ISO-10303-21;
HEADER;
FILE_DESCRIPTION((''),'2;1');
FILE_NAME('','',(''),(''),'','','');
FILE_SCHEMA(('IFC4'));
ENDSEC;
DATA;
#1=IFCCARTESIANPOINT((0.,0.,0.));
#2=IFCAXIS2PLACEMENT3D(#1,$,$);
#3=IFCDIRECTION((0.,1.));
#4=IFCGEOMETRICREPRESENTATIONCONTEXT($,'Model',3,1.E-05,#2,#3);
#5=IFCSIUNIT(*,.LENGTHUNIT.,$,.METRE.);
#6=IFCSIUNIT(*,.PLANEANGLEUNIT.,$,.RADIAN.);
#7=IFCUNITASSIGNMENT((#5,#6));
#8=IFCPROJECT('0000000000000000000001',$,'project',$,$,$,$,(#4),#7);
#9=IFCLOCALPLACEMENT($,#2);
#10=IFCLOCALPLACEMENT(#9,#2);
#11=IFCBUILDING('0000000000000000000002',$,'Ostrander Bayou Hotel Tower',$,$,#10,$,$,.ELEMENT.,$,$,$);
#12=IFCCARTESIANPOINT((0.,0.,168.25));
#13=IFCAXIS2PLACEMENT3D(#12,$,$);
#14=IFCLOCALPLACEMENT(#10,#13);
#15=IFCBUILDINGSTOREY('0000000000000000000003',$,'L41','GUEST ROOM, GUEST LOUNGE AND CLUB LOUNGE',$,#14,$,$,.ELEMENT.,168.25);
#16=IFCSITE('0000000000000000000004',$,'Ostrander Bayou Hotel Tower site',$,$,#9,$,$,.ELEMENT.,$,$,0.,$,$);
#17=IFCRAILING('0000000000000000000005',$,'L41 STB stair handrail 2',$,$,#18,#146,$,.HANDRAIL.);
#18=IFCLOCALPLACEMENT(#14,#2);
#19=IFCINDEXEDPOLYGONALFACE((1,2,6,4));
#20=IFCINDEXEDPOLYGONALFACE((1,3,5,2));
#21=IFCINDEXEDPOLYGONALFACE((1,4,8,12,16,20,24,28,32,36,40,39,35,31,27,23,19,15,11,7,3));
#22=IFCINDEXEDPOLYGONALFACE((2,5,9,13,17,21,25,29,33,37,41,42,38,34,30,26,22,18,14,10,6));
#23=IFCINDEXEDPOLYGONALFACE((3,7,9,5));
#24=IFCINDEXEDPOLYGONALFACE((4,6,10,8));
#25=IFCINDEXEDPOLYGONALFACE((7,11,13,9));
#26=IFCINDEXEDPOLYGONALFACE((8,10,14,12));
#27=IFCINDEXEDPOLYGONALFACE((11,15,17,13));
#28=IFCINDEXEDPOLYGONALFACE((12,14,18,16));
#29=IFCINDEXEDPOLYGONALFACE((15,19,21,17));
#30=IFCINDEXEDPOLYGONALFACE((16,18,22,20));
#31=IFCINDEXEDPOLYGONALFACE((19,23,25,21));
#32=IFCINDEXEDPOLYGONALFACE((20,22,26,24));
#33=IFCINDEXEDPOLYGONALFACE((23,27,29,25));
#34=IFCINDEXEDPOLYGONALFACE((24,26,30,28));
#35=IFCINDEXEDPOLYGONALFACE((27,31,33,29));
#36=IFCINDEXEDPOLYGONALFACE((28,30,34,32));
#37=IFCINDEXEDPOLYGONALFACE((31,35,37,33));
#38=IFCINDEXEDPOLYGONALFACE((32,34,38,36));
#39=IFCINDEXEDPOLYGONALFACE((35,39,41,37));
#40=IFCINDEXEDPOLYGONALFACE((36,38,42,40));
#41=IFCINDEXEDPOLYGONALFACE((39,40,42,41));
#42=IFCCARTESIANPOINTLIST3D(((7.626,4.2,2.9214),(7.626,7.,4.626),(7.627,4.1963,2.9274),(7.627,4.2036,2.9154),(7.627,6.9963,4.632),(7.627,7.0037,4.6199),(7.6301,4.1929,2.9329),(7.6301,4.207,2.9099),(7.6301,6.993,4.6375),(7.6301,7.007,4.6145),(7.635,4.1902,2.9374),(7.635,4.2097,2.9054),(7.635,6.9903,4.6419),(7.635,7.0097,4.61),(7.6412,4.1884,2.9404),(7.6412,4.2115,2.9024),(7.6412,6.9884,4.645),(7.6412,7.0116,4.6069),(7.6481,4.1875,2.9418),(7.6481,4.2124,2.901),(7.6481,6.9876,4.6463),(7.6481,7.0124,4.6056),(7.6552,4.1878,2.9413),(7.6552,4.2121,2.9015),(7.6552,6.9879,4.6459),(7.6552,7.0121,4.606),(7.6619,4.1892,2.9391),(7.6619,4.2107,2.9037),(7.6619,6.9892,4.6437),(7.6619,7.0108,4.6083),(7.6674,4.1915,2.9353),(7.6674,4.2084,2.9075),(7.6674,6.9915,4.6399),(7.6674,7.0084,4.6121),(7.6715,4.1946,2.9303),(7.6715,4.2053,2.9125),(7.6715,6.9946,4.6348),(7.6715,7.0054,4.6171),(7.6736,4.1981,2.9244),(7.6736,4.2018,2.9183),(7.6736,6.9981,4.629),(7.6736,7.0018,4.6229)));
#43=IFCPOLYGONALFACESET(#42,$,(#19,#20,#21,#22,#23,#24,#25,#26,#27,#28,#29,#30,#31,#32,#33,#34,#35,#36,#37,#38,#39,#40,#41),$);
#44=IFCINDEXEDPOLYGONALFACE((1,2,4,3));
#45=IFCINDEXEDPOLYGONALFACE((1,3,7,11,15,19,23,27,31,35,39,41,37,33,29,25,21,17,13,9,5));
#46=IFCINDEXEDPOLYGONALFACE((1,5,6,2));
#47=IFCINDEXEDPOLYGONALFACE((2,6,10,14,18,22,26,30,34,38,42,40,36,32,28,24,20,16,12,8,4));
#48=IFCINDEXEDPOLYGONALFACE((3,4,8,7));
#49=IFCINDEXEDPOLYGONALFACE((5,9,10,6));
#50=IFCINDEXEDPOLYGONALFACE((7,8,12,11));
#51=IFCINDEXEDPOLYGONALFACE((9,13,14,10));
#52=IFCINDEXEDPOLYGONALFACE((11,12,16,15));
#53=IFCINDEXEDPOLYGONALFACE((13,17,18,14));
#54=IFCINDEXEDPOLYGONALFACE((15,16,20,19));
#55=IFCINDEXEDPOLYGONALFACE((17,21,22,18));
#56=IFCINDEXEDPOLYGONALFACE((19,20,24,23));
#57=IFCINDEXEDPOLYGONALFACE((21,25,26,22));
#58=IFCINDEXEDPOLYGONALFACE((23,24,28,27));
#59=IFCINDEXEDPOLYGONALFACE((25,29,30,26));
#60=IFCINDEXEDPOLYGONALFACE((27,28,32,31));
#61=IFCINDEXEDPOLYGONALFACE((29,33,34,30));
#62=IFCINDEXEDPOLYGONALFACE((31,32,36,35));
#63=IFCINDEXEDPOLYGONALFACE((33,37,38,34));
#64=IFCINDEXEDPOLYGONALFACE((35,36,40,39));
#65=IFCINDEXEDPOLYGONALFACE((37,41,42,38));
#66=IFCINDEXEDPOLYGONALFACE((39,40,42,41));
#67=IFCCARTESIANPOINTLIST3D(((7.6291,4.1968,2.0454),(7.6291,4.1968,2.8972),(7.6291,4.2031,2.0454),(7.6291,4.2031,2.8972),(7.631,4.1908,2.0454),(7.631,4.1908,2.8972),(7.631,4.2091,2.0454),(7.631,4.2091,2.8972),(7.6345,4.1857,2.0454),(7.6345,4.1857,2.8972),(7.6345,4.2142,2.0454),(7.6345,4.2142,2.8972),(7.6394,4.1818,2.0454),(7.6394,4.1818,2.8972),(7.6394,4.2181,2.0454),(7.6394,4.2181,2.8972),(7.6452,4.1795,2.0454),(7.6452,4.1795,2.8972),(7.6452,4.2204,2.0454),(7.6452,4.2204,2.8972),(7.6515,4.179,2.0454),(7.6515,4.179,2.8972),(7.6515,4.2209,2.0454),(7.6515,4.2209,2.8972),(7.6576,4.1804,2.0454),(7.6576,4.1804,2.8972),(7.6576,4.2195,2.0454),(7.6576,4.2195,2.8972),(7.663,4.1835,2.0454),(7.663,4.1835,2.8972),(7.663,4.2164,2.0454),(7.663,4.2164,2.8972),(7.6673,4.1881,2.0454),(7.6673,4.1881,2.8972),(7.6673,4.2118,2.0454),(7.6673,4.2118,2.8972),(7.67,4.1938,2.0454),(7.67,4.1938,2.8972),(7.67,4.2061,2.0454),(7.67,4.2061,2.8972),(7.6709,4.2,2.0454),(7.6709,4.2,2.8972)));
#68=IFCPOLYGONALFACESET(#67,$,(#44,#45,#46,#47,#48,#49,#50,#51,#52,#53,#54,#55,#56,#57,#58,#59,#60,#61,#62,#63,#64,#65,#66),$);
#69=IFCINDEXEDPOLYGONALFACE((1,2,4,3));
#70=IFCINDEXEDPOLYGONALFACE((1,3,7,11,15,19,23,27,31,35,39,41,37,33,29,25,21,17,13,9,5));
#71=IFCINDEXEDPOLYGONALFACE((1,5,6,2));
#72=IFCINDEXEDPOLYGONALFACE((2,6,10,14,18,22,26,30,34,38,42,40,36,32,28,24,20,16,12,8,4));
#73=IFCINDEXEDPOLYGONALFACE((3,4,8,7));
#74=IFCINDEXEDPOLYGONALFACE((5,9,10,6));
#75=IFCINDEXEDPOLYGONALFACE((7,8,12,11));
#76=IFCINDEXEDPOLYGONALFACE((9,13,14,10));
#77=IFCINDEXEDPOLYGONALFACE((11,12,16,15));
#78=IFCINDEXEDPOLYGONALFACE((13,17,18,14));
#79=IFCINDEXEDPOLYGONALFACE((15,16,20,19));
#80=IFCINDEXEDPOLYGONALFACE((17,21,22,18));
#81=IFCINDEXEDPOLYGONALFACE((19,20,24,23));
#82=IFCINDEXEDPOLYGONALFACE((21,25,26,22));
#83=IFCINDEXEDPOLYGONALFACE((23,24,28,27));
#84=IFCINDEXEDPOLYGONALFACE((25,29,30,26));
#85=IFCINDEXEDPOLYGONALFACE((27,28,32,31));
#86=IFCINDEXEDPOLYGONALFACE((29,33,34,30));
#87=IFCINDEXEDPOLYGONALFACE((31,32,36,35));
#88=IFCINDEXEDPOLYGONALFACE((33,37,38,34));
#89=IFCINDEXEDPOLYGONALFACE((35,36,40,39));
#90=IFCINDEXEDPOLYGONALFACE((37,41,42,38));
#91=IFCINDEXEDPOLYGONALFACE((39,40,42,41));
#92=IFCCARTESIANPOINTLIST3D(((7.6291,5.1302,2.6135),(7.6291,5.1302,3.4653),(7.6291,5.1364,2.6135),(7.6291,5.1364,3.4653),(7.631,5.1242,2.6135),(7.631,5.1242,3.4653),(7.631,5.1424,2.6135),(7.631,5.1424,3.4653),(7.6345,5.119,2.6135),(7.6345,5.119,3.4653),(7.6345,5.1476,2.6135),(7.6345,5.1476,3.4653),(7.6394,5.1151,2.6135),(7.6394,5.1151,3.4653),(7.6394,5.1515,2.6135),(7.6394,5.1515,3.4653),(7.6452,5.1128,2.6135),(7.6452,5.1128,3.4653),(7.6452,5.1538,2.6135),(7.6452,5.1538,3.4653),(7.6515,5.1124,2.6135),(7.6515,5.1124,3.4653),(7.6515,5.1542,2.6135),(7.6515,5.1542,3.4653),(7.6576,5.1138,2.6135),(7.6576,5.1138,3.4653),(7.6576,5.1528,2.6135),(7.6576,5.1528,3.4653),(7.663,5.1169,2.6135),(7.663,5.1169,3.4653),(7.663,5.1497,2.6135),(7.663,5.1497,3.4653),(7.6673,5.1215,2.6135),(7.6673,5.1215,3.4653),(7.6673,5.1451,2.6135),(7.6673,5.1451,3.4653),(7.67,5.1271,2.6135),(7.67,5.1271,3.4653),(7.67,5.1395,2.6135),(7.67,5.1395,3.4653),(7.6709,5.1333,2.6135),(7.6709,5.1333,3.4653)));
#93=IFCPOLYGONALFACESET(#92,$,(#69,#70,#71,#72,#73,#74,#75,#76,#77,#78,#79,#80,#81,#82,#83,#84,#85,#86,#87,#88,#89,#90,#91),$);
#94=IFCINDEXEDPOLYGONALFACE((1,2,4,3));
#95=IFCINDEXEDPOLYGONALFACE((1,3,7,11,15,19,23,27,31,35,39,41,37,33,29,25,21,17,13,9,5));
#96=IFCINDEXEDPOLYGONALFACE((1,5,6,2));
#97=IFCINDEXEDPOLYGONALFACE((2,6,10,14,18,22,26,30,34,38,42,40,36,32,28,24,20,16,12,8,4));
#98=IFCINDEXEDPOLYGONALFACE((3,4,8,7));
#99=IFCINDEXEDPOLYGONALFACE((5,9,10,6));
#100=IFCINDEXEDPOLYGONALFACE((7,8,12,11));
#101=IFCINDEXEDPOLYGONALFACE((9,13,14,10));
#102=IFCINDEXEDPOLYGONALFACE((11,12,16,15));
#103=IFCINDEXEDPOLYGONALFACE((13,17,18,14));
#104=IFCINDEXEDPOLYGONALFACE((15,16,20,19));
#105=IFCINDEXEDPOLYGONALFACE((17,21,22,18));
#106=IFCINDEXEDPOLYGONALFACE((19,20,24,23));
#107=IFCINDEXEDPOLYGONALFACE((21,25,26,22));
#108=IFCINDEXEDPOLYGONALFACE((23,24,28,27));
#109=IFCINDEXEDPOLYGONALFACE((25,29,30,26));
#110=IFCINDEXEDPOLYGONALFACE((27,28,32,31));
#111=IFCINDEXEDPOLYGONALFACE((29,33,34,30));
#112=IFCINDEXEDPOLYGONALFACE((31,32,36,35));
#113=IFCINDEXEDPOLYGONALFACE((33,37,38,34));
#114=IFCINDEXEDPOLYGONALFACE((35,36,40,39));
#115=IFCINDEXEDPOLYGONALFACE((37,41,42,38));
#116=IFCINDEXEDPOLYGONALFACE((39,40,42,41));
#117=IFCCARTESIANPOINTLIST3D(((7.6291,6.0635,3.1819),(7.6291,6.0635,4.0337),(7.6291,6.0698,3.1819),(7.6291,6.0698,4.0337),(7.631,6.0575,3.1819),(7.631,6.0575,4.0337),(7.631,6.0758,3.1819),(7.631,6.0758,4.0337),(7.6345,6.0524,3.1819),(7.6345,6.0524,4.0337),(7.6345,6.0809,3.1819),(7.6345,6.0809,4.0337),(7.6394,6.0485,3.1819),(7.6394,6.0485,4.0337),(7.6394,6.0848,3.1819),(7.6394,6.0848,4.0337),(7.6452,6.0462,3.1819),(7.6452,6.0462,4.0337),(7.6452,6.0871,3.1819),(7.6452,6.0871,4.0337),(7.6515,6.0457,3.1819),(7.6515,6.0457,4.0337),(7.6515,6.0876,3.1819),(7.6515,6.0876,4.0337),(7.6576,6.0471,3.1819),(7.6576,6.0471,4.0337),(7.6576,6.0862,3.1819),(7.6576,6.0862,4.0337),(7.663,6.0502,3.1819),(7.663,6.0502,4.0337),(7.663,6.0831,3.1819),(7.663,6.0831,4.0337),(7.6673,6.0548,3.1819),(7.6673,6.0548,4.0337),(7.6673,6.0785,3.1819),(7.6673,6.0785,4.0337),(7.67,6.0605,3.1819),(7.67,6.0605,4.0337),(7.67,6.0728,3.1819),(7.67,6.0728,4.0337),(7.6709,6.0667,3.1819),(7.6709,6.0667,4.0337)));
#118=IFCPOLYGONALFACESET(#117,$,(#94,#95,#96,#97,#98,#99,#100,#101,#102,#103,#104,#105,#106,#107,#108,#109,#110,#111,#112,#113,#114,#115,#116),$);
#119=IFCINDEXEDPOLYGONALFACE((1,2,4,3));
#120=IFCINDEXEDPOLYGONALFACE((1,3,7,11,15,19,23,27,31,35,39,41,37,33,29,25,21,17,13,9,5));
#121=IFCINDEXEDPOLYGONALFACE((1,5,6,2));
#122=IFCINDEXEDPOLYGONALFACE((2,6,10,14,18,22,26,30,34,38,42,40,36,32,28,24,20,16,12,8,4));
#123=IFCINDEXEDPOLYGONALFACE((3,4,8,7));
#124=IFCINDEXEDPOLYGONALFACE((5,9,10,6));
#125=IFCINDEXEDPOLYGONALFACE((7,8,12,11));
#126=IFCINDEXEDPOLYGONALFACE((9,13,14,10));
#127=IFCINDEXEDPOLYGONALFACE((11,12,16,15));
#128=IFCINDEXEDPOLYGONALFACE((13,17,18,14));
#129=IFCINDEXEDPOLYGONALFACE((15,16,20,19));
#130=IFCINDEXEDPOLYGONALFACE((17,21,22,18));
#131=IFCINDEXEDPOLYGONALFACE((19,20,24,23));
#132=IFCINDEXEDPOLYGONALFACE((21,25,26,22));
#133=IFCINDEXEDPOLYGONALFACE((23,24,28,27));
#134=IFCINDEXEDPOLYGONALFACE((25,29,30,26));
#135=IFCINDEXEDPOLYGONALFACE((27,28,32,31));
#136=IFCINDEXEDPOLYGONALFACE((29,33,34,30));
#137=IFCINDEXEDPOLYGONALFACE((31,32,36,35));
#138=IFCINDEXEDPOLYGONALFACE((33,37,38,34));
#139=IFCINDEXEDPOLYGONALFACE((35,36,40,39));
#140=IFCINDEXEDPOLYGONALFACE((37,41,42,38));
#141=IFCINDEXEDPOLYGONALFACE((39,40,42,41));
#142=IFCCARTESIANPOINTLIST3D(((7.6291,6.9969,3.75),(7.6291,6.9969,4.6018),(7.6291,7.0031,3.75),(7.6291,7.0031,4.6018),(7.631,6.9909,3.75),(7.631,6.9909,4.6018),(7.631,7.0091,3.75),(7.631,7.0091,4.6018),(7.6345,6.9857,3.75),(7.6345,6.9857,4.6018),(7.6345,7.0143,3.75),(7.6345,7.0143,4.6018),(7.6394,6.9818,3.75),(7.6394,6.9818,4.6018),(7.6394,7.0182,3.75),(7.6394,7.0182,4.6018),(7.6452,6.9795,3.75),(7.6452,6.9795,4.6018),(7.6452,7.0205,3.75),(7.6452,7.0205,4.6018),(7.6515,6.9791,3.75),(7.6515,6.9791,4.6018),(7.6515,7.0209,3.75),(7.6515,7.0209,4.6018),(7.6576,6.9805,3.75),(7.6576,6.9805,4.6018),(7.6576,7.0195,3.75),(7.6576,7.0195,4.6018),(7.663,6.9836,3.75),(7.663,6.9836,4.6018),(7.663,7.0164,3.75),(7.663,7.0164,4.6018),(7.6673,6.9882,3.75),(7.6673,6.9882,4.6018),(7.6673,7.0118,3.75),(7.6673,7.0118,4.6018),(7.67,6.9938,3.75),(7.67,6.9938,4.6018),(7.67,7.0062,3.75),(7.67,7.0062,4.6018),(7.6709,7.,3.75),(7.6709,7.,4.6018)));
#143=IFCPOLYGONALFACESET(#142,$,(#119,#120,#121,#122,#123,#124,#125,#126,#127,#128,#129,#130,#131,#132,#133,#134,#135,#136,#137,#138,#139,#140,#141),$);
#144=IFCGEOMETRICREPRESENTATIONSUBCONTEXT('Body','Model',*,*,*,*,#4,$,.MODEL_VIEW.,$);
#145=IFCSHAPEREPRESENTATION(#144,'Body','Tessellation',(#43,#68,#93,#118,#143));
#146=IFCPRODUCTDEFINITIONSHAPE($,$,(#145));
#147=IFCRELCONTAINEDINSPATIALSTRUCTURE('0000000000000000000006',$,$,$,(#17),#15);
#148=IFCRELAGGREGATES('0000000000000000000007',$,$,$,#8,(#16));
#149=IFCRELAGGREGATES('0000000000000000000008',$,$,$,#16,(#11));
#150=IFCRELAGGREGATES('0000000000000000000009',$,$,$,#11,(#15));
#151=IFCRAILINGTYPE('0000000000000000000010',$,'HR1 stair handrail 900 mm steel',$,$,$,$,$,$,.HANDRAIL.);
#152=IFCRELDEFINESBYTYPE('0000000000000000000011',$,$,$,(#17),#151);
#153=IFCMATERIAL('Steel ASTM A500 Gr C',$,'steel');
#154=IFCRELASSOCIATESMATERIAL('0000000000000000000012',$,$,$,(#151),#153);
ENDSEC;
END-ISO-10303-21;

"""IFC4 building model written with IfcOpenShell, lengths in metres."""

from ifc_helpers import new_model, si_unit, direction, frame, origin, origin_2d, place, context, subcontext, project, spatial, circle, extrude, material, type_object, element, save


model = new_model("IFC4")

# Units and contexts
model_context = context("Model", 3, precision=1e-05, world=origin(), true_north=direction((0.0, 1.0)))
body_context = subcontext(model_context, "Body", "Model", "MODEL_VIEW")
ifc_project = project(units=[si_unit("LENGTHUNIT", "METRE"), si_unit("PLANEANGLEUNIT", "RADIAN")], contexts=[model_context])

# Site, building, storey
site_placement = place(None, origin())
site = spatial("IfcSite", under=ifc_project, at=site_placement, Name="Ostrander Bayou Hotel Tower site", CompositionType="ELEMENT", RefElevation=0.0)
building_placement = place(site_placement, origin())
building = spatial("IfcBuilding", under=site, at=building_placement, Name="Ostrander Bayou Hotel Tower", CompositionType="ELEMENT")
storey_placement = place(building_placement, frame((0.0, 0.0, 168.25)))
storey = spatial("IfcBuildingStorey", under=building, at=storey_placement, Name="L41", Description="GUEST ROOM, GUEST LOUNGE AND CLUB LOUNGE", CompositionType="ELEMENT", Elevation=168.25)

# Railing
ifc_material_1 = material(Name="Steel ASTM A500 Gr C", Category="steel")
railing_type_1 = type_object("IfcRailingType", Name="HR1 stair handrail 900 mm steel", PredefinedType="HANDRAIL", material=ifc_material_1)
railing_1_placement = place(storey_placement, frame((7.6499, 4.2, 2.0454)))
element("IfcRailing", 1, at=railing_1_placement, inside=storey, type_object=railing_type_1, Name="L41 STB stair handrail 2", PredefinedType="HANDRAIL", context=body_context, shape_type="SweptSolid", body=[
    extrude(circle(Radius=0.0239, at=origin_2d()), frame((0.0, 0.0, 0.876), z_axis=(0.0, 0.85417, 0.519994), x_axis=(-1.0, 0.0, 0.0)), (0.0, 0.0, 1.0), 3.2781),
    extrude(circle(Radius=0.021, at=origin_2d()), origin(), (0.0, 0.0, 1.0), 0.8518),
    extrude(circle(Radius=0.021, at=origin_2d()), frame((0.0, 0.9333, 0.5681)), (0.0, 0.0, 1.0), 0.8518),
    extrude(circle(Radius=0.021, at=origin_2d()), frame((0.0, 1.8667, 1.1365)), (0.0, 0.0, 1.0), 0.8518),
    extrude(circle(Radius=0.021, at=origin_2d()), frame((0.0, 2.8, 1.7046)), (0.0, 0.0, 1.0), 0.8518),
])

save(model, "model.ifc")
